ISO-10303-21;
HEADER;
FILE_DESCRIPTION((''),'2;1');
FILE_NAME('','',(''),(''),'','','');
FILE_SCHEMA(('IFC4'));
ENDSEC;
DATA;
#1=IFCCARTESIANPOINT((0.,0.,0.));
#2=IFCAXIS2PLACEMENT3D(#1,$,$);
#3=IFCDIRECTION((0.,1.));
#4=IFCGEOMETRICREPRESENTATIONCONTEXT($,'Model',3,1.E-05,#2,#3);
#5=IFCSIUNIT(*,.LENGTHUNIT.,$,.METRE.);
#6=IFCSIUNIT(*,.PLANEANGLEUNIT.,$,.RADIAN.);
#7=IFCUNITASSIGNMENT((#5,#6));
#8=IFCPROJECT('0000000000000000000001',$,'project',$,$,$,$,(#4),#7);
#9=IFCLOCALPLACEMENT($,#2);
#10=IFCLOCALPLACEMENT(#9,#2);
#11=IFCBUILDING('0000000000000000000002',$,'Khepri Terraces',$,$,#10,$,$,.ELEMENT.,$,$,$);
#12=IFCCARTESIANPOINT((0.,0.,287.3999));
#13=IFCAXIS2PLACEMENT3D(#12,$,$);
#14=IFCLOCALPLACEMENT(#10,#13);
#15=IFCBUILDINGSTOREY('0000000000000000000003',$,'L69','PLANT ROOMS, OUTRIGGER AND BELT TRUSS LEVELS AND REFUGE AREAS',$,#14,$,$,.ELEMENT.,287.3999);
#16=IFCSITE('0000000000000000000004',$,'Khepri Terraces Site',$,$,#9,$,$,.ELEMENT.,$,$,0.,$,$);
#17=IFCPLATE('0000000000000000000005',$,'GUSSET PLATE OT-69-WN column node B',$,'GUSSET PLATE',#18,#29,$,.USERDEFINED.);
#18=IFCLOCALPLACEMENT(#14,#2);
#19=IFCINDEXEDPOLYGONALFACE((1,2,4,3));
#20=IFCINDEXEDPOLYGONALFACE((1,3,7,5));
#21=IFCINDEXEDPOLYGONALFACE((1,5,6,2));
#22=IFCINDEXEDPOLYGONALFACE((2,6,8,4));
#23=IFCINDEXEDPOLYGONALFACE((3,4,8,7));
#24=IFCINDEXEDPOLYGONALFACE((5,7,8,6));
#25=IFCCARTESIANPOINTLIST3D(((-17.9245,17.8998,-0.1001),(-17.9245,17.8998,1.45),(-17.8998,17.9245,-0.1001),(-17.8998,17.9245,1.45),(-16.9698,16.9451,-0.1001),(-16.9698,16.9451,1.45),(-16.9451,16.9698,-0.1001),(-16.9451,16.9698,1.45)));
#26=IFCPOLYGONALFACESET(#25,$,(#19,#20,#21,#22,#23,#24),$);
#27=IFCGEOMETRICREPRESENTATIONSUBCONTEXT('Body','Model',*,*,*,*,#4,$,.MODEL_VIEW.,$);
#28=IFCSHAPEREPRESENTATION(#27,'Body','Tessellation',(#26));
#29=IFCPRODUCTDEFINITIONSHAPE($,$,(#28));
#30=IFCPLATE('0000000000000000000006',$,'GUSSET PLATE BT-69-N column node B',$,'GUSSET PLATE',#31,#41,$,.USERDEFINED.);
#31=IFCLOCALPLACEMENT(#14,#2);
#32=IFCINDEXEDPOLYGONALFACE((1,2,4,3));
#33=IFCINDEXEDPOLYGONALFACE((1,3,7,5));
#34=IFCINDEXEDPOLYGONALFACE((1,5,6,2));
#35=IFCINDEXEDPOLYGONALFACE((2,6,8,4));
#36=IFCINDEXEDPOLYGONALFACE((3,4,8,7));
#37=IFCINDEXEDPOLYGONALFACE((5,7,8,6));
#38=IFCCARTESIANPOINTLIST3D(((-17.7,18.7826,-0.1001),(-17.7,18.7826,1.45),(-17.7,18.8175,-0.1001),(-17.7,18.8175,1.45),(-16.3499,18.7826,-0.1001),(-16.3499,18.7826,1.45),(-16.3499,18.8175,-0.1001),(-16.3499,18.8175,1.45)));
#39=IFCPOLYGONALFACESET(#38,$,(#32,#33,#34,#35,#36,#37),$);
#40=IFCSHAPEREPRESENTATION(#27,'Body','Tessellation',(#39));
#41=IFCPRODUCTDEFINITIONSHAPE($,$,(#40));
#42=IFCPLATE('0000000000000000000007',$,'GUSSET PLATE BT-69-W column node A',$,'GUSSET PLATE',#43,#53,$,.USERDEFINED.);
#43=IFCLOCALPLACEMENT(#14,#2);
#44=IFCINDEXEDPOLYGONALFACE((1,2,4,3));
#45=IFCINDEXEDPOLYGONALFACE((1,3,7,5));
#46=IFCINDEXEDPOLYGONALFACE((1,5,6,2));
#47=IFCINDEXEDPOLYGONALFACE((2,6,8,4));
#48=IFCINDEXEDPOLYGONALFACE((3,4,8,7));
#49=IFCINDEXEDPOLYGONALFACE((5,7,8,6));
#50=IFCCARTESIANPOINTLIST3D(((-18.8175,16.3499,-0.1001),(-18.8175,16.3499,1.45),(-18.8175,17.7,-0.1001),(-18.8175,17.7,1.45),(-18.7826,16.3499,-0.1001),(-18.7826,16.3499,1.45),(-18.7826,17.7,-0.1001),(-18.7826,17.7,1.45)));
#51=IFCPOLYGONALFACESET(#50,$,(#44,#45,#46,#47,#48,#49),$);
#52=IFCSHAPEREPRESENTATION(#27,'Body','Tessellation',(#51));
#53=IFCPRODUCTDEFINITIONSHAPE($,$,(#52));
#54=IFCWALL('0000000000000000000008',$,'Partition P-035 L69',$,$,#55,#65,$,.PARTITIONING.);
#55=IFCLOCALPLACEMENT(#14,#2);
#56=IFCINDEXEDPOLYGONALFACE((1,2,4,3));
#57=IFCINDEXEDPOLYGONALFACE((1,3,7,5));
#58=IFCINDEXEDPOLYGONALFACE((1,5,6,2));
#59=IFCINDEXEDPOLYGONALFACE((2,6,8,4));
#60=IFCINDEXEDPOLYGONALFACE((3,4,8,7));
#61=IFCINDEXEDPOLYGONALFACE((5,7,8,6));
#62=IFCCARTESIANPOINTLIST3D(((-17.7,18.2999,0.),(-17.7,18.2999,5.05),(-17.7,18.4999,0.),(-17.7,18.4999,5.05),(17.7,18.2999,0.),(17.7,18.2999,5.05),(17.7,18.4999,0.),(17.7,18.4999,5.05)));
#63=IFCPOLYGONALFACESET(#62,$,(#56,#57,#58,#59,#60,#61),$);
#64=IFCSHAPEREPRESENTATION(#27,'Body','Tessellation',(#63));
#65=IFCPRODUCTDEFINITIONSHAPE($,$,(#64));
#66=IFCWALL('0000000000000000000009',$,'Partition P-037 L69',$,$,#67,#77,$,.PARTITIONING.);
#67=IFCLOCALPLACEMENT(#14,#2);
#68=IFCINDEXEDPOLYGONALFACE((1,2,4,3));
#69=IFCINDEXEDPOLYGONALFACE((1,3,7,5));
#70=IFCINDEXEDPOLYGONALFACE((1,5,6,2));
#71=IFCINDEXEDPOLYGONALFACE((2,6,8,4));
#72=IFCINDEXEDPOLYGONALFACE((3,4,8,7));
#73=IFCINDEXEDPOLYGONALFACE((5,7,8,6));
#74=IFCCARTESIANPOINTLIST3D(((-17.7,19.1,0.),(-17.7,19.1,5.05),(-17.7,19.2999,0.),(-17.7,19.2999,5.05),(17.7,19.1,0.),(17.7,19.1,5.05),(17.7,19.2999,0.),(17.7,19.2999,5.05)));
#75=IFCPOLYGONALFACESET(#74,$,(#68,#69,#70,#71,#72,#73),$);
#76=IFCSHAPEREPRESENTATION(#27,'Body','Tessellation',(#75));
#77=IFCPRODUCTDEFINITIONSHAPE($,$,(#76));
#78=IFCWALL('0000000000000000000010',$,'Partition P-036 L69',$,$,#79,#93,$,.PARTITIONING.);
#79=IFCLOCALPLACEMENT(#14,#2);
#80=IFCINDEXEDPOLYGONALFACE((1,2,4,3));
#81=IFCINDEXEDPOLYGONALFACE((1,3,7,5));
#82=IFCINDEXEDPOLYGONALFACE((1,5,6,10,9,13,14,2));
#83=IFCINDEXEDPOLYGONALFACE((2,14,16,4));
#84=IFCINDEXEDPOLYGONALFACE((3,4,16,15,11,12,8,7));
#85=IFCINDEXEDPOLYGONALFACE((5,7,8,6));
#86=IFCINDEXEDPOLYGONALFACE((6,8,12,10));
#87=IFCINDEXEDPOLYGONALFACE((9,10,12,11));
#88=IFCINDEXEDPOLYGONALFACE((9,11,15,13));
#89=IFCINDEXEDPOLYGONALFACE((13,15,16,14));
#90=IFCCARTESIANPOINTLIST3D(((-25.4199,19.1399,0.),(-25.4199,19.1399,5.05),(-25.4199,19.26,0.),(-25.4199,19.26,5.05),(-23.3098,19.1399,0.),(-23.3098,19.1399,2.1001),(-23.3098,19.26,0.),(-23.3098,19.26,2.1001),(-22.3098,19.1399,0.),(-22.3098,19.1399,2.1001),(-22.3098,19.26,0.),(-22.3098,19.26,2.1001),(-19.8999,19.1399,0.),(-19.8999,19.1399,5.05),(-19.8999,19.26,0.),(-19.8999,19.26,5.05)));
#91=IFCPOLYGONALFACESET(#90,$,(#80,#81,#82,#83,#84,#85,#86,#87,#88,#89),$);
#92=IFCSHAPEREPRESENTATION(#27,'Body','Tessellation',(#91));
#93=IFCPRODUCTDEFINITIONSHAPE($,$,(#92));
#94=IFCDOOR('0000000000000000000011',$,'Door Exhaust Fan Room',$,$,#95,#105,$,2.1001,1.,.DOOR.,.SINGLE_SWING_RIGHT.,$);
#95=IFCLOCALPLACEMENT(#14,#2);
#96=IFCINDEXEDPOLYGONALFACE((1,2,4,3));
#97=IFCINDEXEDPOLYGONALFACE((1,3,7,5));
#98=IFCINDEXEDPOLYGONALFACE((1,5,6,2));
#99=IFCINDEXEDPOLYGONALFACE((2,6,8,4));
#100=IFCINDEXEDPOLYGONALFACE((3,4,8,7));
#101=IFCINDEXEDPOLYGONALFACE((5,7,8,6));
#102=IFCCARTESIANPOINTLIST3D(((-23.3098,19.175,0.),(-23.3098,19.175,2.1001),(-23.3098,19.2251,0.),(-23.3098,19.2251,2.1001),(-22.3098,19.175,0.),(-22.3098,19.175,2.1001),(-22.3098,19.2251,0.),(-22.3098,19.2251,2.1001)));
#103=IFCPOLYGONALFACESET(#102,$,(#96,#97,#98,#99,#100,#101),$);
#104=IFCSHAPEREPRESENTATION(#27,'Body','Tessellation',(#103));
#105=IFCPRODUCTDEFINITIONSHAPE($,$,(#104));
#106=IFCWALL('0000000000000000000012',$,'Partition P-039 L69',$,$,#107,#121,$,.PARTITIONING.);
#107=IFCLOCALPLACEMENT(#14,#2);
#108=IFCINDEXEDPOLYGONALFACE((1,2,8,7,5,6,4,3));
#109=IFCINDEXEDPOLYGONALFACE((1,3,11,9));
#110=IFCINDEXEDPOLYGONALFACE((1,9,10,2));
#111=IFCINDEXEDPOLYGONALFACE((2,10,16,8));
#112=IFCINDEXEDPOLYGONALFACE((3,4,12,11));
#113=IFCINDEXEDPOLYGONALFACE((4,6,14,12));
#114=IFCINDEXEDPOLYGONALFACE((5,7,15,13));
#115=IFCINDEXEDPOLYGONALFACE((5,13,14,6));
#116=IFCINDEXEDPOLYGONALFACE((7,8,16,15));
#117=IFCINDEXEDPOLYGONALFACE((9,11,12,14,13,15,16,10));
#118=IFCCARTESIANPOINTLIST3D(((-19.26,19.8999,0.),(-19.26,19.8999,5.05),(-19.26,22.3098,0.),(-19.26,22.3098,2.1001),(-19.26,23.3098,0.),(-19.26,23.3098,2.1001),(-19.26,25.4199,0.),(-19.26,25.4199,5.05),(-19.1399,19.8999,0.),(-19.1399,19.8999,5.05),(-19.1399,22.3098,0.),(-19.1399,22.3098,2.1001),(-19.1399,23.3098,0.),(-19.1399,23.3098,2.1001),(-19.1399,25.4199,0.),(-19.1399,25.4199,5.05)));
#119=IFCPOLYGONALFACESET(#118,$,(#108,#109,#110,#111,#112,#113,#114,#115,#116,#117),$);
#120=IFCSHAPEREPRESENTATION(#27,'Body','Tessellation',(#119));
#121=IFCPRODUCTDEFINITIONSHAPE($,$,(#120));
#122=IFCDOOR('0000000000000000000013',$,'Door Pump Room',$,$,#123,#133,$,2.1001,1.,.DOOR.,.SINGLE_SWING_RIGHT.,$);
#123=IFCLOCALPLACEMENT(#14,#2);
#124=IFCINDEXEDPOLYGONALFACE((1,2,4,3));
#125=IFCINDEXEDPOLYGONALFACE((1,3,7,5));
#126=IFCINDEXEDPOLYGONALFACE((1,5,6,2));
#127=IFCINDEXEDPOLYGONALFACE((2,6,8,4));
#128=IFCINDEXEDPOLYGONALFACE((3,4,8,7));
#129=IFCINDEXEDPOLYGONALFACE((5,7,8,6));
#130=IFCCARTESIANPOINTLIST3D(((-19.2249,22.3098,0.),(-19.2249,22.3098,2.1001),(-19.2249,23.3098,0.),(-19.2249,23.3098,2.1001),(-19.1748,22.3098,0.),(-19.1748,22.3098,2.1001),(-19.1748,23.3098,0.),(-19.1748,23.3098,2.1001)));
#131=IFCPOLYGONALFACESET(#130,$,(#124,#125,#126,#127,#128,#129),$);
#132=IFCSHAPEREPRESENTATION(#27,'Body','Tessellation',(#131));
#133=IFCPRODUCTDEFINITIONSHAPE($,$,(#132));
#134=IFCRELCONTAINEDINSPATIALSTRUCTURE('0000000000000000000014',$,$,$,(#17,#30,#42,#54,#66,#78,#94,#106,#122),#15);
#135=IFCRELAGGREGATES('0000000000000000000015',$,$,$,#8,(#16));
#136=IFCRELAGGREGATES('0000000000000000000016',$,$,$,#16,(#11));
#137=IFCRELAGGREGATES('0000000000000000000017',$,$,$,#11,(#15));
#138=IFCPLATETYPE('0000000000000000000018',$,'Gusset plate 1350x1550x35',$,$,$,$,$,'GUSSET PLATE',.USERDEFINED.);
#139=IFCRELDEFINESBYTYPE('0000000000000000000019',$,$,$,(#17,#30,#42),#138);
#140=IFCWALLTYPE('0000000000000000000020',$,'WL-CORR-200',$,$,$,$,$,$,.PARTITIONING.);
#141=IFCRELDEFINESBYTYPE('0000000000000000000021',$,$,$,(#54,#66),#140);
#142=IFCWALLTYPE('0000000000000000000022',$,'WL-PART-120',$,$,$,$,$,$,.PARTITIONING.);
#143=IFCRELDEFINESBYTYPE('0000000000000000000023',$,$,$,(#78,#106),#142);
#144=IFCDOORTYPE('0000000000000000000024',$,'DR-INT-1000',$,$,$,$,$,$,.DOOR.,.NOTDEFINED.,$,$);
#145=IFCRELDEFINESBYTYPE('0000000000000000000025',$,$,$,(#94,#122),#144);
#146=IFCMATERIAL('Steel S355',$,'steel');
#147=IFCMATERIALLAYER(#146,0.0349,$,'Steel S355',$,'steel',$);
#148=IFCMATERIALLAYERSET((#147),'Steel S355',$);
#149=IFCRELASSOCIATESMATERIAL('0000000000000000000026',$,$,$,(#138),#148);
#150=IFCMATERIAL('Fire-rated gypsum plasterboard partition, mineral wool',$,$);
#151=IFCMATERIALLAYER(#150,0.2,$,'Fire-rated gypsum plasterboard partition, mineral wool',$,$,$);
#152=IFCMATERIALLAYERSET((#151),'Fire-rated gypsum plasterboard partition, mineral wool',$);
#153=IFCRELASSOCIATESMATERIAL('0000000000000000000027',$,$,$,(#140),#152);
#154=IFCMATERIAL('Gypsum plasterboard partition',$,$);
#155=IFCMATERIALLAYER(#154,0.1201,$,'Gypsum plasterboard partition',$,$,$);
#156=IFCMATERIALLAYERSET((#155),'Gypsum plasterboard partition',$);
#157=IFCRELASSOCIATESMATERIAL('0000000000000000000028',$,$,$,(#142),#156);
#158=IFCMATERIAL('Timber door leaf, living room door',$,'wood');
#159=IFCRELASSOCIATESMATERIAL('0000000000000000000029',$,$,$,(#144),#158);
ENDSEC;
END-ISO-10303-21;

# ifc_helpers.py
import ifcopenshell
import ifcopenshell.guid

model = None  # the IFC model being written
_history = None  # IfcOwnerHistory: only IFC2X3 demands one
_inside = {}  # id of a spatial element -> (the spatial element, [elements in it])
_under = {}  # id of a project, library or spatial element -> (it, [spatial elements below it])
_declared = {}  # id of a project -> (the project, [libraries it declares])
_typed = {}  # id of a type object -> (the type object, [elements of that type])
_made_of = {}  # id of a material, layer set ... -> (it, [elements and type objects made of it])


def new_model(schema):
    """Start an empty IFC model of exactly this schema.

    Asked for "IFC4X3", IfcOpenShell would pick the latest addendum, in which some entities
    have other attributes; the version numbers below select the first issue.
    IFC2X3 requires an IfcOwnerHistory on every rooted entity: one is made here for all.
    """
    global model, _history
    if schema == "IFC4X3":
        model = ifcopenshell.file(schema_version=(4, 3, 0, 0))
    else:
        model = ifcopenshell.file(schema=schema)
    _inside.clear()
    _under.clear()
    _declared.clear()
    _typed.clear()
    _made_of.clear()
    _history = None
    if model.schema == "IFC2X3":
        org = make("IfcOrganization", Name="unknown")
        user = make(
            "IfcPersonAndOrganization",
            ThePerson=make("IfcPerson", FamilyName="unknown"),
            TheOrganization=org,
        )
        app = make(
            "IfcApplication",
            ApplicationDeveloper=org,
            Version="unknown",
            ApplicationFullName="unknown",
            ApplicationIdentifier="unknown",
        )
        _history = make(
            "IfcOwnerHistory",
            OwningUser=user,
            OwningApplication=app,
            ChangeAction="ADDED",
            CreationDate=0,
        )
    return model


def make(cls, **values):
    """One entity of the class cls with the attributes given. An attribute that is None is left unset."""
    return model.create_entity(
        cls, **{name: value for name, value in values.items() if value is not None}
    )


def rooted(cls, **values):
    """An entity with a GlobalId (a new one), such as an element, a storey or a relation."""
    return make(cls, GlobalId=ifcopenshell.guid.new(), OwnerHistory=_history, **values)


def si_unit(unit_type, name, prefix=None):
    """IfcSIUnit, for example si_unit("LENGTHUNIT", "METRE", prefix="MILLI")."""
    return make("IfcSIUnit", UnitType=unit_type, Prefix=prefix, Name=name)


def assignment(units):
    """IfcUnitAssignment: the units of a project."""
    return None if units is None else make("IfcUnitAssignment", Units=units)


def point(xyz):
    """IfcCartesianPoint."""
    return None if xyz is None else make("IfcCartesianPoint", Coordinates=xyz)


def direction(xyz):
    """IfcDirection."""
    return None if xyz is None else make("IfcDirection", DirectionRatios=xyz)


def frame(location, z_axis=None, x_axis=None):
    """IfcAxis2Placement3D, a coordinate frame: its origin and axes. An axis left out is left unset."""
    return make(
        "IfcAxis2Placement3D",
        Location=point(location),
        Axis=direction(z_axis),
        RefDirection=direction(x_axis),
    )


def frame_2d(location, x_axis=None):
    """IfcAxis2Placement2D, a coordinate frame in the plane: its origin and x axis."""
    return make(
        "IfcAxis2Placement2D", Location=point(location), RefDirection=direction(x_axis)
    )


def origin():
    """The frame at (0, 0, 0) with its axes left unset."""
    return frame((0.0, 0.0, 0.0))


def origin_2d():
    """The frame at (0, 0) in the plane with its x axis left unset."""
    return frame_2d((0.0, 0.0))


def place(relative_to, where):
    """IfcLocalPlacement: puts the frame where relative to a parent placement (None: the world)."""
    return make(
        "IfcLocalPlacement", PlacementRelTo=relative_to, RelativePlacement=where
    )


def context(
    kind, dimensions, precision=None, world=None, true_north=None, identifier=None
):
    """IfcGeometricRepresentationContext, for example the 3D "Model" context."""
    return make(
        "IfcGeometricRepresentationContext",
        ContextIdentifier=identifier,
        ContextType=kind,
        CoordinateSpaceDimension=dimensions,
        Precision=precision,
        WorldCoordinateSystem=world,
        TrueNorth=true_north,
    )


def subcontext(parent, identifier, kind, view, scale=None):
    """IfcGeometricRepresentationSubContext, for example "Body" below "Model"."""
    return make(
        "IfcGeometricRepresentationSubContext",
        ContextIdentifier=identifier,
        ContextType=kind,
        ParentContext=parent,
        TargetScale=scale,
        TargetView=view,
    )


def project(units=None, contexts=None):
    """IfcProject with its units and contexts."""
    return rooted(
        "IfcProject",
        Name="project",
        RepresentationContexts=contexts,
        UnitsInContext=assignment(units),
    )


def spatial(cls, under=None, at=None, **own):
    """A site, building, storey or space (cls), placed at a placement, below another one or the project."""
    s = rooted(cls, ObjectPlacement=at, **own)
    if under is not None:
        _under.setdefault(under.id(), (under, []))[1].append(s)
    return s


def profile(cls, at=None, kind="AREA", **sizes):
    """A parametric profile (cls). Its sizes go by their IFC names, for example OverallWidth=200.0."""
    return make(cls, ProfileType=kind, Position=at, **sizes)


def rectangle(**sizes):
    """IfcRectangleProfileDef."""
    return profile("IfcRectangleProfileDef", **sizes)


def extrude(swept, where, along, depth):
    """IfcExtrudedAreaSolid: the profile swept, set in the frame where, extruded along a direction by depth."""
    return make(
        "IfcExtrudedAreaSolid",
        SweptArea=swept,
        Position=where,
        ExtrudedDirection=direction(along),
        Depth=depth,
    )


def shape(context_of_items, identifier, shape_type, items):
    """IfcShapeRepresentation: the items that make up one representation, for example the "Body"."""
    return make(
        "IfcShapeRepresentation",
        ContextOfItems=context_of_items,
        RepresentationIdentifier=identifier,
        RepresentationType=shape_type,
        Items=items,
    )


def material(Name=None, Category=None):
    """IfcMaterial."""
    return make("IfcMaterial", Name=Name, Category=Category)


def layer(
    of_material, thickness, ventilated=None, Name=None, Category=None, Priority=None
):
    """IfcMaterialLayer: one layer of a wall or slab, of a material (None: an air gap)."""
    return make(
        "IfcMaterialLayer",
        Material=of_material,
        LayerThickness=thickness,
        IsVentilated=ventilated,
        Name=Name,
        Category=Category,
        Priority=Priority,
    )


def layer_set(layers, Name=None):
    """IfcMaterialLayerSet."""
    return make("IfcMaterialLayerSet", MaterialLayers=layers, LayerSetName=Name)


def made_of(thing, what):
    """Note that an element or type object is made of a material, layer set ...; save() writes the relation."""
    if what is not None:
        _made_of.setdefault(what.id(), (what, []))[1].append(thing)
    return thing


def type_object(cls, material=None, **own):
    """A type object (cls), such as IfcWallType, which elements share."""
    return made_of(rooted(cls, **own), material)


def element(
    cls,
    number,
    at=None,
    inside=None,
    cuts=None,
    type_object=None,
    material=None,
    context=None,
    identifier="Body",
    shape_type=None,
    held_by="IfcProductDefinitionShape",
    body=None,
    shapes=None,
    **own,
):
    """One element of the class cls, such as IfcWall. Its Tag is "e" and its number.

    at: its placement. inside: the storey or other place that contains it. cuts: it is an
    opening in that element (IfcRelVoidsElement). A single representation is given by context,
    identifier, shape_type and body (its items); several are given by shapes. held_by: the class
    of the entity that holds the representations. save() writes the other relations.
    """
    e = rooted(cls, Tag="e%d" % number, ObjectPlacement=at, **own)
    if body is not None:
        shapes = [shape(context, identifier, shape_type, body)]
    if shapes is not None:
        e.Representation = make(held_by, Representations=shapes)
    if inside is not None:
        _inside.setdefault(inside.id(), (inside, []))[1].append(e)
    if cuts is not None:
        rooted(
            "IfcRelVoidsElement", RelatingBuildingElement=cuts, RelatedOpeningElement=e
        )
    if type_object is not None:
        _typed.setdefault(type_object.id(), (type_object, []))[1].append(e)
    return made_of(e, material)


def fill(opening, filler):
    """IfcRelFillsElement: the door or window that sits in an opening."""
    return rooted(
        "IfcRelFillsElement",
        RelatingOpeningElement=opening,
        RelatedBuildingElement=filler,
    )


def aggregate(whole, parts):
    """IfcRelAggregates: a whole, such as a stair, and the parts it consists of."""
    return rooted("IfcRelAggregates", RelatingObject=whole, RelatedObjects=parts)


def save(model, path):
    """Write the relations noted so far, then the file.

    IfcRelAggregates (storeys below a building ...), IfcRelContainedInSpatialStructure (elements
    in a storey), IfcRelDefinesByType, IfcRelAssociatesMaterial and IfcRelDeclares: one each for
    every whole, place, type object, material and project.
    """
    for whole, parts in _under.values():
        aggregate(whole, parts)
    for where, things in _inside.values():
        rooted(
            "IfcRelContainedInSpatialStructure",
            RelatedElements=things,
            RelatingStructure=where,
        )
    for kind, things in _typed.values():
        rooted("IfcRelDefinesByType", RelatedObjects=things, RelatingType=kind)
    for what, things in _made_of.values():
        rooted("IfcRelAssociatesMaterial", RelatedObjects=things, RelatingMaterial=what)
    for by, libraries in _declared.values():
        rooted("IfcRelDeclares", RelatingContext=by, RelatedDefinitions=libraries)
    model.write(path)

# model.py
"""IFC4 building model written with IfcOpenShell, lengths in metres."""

from ifc_helpers import new_model, si_unit, direction, frame, frame_2d, origin, origin_2d, place, context, subcontext, project, spatial, rectangle, extrude, material, layer, layer_set, type_object, element, fill, save


model = new_model("IFC4")

# Units and contexts
model_context = context("Model", 3, precision=1e-05, world=origin(), true_north=direction((0.0, 1.0)))
body_context = subcontext(model_context, "Body", "Model", "MODEL_VIEW")
ifc_project = project(units=[si_unit("LENGTHUNIT", "METRE"), si_unit("PLANEANGLEUNIT", "RADIAN")], contexts=[model_context])

# Site, building, storey
site_placement = place(None, origin())
site = spatial("IfcSite", under=ifc_project, at=site_placement, Name="Khepri Terraces Site", CompositionType="ELEMENT", RefElevation=0.0)
building_placement = place(site_placement, origin())
building = spatial("IfcBuilding", under=site, at=building_placement, Name="Khepri Terraces", CompositionType="ELEMENT")
storey_placement = place(building_placement, frame((0.0, 0.0, 287.3999)))
storey = spatial("IfcBuildingStorey", under=building, at=storey_placement, Name="L69", Description="PLANT ROOMS, OUTRIGGER AND BELT TRUSS LEVELS AND REFUGE AREAS", CompositionType="ELEMENT", Elevation=287.3999)

# Shared definitions
ifc_material_1 = material(Name="Steel S355", Category="steel")

# Plates
ifc_layer_1 = layer(ifc_material_1, 0.0349, Name="Steel S355", Category="steel")
ifc_layer_set_1 = layer_set([ifc_layer_1], Name="Steel S355")
plate_type = type_object("IfcPlateType", Name="Gusset plate 1350x1550x35", ElementType="GUSSET PLATE", PredefinedType="USERDEFINED", material=ifc_layer_set_1)
for number, where, z_axis, x_axis, name in (
    (1, (-17.4348, 17.4348, -0.1001), (0.0, 0.0, 1.0), (-0.707107, 0.707107, 0.0), "GUSSET PLATE OT-69-WN column node B"),
    (2, (-17.0249, 18.8, -0.1001), (0.0, 0.0, 1.0), (-1.0, 0.0, 0.0), "GUSSET PLATE BT-69-N column node B"),
    (3, (-18.8, 17.0249, -0.1001), (0.0, 0.0, 1.0), (0.0, -1.0, 0.0), "GUSSET PLATE BT-69-W column node A"),
):
    element("IfcPlate", number, at=place(storey_placement, frame(where, z_axis=z_axis, x_axis=x_axis)), inside=storey, type_object=plate_type, Name=name, ObjectType="GUSSET PLATE", PredefinedType="USERDEFINED", context=body_context, shape_type="SweptSolid", body=[
        extrude(rectangle(XDim=1.3501, YDim=0.0349, at=origin_2d()), origin(), (0.0, 0.0, 1.0), 1.55),
    ])

# Walls
ifc_material_2 = material(Name="Fire-rated gypsum plasterboard partition, mineral wool")
ifc_layer_2 = layer(ifc_material_2, 0.2, Name="Fire-rated gypsum plasterboard partition, mineral wool")
ifc_layer_set_2 = layer_set([ifc_layer_2], Name="Fire-rated gypsum plasterboard partition, mineral wool")
wall_type_1 = type_object("IfcWallType", Name="WL-CORR-200", PredefinedType="PARTITIONING", material=ifc_layer_set_2)
for number, where, z_axis, x_axis, name in (
    (4, (-17.7, 18.3999, 0.0), (0.0, 0.0, 1.0), (1.0, 0.0, 0.0), "Partition P-035 L69"),
    (5, (-17.7, 19.2, 0.0), (0.0, 0.0, 1.0), (1.0, 0.0, 0.0), "Partition P-037 L69"),
):
    element("IfcWall", number, at=place(storey_placement, frame(where, z_axis=z_axis, x_axis=x_axis)), inside=storey, type_object=wall_type_1, Name=name, PredefinedType="PARTITIONING", context=body_context, shape_type="SweptSolid", body=[
        extrude(rectangle(XDim=35.3999, YDim=0.2, at=frame_2d((17.7, 0.0))), origin(), (0.0, 0.0, 1.0), 5.05),
    ])

# Walls, openings, doors
ifc_material_3 = material(Name="Gypsum plasterboard partition")
ifc_layer_3 = layer(ifc_material_3, 0.1201, Name="Gypsum plasterboard partition")
ifc_layer_set_3 = layer_set([ifc_layer_3], Name="Gypsum plasterboard partition")
wall_type_2 = type_object("IfcWallType", Name="WL-PART-120", PredefinedType="PARTITIONING", material=ifc_layer_set_3)
wall_1_placement = place(storey_placement, frame((-25.4199, 19.2, 0.0), z_axis=(0.0, 0.0, 1.0), x_axis=(1.0, 0.0, 0.0)))
wall_1 = element("IfcWall", 6, at=wall_1_placement, inside=storey, type_object=wall_type_2, Name="Partition P-036 L69", PredefinedType="PARTITIONING", context=body_context, shape_type="SweptSolid", body=[
    extrude(rectangle(XDim=5.52, YDim=0.1201, at=frame_2d((2.76, 0.0))), origin(), (0.0, 0.0, 1.0), 5.05),
])
opening_1_placement = place(wall_1_placement, frame((2.1101, 0.0, 0.0)))
opening_1 = element("IfcOpeningElement", 7, at=opening_1_placement, cuts=wall_1, PredefinedType="OPENING", context=body_context, shape_type="SweptSolid", body=[
    extrude(rectangle(XDim=1.0, YDim=2.1001, at=frame_2d((0.5, 1.05))), frame((0.0, 0.0701, 0.0), z_axis=(0.0, -1.0, 0.0), x_axis=(1.0, 0.0, 0.0)), (0.0, 0.0, 1.0), 0.1401),
])
ifc_material_4 = material(Name="Timber door leaf, living room door", Category="wood")
door_type = type_object("IfcDoorType", Name="DR-INT-1000", OperationType="NOTDEFINED", PredefinedType="DOOR", material=ifc_material_4)
door_1_placement = place(opening_1_placement, frame((1.0, 0.0, 0.0), z_axis=(0.0, 0.0, 1.0), x_axis=(-1.0, 0.0, 0.0)))
door_1 = element("IfcDoor", 8, at=door_1_placement, inside=storey, type_object=door_type, Name="Door Exhaust Fan Room", OperationType="SINGLE_SWING_RIGHT", OverallHeight=2.1001, OverallWidth=1.0, PredefinedType="DOOR", context=body_context, shape_type="SweptSolid", body=[
    extrude(rectangle(XDim=1.0, YDim=2.1001, at=frame_2d((0.5, 1.05))), frame((0.0, 0.0249, 0.0), z_axis=(0.0, -1.0, 0.0), x_axis=(1.0, 0.0, 0.0)), (0.0, 0.0, 1.0), 0.05),
])
fill(opening_1, door_1)
wall_2_placement = place(storey_placement, frame((-19.2, 19.8999, 0.0), z_axis=(0.0, 0.0, 1.0), x_axis=(0.0, 1.0, 0.0)))
wall_2 = element("IfcWall", 9, at=wall_2_placement, inside=storey, type_object=wall_type_2, Name="Partition P-039 L69", PredefinedType="PARTITIONING", context=body_context, shape_type="SweptSolid", body=[
    extrude(rectangle(XDim=5.52, YDim=0.1201, at=frame_2d((2.76, 0.0))), origin(), (0.0, 0.0, 1.0), 5.05),
])
opening_2_placement = place(wall_2_placement, frame((2.4099, 0.0, 0.0)))
opening_2 = element("IfcOpeningElement", 10, at=opening_2_placement, cuts=wall_2, PredefinedType="OPENING", context=body_context, shape_type="SweptSolid", body=[
    extrude(rectangle(XDim=1.0, YDim=2.1001, at=frame_2d((0.5, 1.05))), frame((0.0, 0.0701, 0.0), z_axis=(0.0, -1.0, 0.0), x_axis=(1.0, 0.0, 0.0)), (0.0, 0.0, 1.0), 0.1401),
])
door_2_placement = place(opening_2_placement, origin())
door_2 = element("IfcDoor", 11, at=door_2_placement, inside=storey, type_object=door_type, Name="Door Pump Room", OperationType="SINGLE_SWING_RIGHT", OverallHeight=2.1001, OverallWidth=1.0, PredefinedType="DOOR", context=body_context, shape_type="SweptSolid", body=[
    extrude(rectangle(XDim=1.0, YDim=2.1001, at=frame_2d((0.5, 1.05))), frame((0.0, 0.0249, 0.0), z_axis=(0.0, -1.0, 0.0), x_axis=(1.0, 0.0, 0.0)), (0.0, 0.0, 1.0), 0.05),
])
fill(opening_2, door_2)

save(model, "model.ifc")
